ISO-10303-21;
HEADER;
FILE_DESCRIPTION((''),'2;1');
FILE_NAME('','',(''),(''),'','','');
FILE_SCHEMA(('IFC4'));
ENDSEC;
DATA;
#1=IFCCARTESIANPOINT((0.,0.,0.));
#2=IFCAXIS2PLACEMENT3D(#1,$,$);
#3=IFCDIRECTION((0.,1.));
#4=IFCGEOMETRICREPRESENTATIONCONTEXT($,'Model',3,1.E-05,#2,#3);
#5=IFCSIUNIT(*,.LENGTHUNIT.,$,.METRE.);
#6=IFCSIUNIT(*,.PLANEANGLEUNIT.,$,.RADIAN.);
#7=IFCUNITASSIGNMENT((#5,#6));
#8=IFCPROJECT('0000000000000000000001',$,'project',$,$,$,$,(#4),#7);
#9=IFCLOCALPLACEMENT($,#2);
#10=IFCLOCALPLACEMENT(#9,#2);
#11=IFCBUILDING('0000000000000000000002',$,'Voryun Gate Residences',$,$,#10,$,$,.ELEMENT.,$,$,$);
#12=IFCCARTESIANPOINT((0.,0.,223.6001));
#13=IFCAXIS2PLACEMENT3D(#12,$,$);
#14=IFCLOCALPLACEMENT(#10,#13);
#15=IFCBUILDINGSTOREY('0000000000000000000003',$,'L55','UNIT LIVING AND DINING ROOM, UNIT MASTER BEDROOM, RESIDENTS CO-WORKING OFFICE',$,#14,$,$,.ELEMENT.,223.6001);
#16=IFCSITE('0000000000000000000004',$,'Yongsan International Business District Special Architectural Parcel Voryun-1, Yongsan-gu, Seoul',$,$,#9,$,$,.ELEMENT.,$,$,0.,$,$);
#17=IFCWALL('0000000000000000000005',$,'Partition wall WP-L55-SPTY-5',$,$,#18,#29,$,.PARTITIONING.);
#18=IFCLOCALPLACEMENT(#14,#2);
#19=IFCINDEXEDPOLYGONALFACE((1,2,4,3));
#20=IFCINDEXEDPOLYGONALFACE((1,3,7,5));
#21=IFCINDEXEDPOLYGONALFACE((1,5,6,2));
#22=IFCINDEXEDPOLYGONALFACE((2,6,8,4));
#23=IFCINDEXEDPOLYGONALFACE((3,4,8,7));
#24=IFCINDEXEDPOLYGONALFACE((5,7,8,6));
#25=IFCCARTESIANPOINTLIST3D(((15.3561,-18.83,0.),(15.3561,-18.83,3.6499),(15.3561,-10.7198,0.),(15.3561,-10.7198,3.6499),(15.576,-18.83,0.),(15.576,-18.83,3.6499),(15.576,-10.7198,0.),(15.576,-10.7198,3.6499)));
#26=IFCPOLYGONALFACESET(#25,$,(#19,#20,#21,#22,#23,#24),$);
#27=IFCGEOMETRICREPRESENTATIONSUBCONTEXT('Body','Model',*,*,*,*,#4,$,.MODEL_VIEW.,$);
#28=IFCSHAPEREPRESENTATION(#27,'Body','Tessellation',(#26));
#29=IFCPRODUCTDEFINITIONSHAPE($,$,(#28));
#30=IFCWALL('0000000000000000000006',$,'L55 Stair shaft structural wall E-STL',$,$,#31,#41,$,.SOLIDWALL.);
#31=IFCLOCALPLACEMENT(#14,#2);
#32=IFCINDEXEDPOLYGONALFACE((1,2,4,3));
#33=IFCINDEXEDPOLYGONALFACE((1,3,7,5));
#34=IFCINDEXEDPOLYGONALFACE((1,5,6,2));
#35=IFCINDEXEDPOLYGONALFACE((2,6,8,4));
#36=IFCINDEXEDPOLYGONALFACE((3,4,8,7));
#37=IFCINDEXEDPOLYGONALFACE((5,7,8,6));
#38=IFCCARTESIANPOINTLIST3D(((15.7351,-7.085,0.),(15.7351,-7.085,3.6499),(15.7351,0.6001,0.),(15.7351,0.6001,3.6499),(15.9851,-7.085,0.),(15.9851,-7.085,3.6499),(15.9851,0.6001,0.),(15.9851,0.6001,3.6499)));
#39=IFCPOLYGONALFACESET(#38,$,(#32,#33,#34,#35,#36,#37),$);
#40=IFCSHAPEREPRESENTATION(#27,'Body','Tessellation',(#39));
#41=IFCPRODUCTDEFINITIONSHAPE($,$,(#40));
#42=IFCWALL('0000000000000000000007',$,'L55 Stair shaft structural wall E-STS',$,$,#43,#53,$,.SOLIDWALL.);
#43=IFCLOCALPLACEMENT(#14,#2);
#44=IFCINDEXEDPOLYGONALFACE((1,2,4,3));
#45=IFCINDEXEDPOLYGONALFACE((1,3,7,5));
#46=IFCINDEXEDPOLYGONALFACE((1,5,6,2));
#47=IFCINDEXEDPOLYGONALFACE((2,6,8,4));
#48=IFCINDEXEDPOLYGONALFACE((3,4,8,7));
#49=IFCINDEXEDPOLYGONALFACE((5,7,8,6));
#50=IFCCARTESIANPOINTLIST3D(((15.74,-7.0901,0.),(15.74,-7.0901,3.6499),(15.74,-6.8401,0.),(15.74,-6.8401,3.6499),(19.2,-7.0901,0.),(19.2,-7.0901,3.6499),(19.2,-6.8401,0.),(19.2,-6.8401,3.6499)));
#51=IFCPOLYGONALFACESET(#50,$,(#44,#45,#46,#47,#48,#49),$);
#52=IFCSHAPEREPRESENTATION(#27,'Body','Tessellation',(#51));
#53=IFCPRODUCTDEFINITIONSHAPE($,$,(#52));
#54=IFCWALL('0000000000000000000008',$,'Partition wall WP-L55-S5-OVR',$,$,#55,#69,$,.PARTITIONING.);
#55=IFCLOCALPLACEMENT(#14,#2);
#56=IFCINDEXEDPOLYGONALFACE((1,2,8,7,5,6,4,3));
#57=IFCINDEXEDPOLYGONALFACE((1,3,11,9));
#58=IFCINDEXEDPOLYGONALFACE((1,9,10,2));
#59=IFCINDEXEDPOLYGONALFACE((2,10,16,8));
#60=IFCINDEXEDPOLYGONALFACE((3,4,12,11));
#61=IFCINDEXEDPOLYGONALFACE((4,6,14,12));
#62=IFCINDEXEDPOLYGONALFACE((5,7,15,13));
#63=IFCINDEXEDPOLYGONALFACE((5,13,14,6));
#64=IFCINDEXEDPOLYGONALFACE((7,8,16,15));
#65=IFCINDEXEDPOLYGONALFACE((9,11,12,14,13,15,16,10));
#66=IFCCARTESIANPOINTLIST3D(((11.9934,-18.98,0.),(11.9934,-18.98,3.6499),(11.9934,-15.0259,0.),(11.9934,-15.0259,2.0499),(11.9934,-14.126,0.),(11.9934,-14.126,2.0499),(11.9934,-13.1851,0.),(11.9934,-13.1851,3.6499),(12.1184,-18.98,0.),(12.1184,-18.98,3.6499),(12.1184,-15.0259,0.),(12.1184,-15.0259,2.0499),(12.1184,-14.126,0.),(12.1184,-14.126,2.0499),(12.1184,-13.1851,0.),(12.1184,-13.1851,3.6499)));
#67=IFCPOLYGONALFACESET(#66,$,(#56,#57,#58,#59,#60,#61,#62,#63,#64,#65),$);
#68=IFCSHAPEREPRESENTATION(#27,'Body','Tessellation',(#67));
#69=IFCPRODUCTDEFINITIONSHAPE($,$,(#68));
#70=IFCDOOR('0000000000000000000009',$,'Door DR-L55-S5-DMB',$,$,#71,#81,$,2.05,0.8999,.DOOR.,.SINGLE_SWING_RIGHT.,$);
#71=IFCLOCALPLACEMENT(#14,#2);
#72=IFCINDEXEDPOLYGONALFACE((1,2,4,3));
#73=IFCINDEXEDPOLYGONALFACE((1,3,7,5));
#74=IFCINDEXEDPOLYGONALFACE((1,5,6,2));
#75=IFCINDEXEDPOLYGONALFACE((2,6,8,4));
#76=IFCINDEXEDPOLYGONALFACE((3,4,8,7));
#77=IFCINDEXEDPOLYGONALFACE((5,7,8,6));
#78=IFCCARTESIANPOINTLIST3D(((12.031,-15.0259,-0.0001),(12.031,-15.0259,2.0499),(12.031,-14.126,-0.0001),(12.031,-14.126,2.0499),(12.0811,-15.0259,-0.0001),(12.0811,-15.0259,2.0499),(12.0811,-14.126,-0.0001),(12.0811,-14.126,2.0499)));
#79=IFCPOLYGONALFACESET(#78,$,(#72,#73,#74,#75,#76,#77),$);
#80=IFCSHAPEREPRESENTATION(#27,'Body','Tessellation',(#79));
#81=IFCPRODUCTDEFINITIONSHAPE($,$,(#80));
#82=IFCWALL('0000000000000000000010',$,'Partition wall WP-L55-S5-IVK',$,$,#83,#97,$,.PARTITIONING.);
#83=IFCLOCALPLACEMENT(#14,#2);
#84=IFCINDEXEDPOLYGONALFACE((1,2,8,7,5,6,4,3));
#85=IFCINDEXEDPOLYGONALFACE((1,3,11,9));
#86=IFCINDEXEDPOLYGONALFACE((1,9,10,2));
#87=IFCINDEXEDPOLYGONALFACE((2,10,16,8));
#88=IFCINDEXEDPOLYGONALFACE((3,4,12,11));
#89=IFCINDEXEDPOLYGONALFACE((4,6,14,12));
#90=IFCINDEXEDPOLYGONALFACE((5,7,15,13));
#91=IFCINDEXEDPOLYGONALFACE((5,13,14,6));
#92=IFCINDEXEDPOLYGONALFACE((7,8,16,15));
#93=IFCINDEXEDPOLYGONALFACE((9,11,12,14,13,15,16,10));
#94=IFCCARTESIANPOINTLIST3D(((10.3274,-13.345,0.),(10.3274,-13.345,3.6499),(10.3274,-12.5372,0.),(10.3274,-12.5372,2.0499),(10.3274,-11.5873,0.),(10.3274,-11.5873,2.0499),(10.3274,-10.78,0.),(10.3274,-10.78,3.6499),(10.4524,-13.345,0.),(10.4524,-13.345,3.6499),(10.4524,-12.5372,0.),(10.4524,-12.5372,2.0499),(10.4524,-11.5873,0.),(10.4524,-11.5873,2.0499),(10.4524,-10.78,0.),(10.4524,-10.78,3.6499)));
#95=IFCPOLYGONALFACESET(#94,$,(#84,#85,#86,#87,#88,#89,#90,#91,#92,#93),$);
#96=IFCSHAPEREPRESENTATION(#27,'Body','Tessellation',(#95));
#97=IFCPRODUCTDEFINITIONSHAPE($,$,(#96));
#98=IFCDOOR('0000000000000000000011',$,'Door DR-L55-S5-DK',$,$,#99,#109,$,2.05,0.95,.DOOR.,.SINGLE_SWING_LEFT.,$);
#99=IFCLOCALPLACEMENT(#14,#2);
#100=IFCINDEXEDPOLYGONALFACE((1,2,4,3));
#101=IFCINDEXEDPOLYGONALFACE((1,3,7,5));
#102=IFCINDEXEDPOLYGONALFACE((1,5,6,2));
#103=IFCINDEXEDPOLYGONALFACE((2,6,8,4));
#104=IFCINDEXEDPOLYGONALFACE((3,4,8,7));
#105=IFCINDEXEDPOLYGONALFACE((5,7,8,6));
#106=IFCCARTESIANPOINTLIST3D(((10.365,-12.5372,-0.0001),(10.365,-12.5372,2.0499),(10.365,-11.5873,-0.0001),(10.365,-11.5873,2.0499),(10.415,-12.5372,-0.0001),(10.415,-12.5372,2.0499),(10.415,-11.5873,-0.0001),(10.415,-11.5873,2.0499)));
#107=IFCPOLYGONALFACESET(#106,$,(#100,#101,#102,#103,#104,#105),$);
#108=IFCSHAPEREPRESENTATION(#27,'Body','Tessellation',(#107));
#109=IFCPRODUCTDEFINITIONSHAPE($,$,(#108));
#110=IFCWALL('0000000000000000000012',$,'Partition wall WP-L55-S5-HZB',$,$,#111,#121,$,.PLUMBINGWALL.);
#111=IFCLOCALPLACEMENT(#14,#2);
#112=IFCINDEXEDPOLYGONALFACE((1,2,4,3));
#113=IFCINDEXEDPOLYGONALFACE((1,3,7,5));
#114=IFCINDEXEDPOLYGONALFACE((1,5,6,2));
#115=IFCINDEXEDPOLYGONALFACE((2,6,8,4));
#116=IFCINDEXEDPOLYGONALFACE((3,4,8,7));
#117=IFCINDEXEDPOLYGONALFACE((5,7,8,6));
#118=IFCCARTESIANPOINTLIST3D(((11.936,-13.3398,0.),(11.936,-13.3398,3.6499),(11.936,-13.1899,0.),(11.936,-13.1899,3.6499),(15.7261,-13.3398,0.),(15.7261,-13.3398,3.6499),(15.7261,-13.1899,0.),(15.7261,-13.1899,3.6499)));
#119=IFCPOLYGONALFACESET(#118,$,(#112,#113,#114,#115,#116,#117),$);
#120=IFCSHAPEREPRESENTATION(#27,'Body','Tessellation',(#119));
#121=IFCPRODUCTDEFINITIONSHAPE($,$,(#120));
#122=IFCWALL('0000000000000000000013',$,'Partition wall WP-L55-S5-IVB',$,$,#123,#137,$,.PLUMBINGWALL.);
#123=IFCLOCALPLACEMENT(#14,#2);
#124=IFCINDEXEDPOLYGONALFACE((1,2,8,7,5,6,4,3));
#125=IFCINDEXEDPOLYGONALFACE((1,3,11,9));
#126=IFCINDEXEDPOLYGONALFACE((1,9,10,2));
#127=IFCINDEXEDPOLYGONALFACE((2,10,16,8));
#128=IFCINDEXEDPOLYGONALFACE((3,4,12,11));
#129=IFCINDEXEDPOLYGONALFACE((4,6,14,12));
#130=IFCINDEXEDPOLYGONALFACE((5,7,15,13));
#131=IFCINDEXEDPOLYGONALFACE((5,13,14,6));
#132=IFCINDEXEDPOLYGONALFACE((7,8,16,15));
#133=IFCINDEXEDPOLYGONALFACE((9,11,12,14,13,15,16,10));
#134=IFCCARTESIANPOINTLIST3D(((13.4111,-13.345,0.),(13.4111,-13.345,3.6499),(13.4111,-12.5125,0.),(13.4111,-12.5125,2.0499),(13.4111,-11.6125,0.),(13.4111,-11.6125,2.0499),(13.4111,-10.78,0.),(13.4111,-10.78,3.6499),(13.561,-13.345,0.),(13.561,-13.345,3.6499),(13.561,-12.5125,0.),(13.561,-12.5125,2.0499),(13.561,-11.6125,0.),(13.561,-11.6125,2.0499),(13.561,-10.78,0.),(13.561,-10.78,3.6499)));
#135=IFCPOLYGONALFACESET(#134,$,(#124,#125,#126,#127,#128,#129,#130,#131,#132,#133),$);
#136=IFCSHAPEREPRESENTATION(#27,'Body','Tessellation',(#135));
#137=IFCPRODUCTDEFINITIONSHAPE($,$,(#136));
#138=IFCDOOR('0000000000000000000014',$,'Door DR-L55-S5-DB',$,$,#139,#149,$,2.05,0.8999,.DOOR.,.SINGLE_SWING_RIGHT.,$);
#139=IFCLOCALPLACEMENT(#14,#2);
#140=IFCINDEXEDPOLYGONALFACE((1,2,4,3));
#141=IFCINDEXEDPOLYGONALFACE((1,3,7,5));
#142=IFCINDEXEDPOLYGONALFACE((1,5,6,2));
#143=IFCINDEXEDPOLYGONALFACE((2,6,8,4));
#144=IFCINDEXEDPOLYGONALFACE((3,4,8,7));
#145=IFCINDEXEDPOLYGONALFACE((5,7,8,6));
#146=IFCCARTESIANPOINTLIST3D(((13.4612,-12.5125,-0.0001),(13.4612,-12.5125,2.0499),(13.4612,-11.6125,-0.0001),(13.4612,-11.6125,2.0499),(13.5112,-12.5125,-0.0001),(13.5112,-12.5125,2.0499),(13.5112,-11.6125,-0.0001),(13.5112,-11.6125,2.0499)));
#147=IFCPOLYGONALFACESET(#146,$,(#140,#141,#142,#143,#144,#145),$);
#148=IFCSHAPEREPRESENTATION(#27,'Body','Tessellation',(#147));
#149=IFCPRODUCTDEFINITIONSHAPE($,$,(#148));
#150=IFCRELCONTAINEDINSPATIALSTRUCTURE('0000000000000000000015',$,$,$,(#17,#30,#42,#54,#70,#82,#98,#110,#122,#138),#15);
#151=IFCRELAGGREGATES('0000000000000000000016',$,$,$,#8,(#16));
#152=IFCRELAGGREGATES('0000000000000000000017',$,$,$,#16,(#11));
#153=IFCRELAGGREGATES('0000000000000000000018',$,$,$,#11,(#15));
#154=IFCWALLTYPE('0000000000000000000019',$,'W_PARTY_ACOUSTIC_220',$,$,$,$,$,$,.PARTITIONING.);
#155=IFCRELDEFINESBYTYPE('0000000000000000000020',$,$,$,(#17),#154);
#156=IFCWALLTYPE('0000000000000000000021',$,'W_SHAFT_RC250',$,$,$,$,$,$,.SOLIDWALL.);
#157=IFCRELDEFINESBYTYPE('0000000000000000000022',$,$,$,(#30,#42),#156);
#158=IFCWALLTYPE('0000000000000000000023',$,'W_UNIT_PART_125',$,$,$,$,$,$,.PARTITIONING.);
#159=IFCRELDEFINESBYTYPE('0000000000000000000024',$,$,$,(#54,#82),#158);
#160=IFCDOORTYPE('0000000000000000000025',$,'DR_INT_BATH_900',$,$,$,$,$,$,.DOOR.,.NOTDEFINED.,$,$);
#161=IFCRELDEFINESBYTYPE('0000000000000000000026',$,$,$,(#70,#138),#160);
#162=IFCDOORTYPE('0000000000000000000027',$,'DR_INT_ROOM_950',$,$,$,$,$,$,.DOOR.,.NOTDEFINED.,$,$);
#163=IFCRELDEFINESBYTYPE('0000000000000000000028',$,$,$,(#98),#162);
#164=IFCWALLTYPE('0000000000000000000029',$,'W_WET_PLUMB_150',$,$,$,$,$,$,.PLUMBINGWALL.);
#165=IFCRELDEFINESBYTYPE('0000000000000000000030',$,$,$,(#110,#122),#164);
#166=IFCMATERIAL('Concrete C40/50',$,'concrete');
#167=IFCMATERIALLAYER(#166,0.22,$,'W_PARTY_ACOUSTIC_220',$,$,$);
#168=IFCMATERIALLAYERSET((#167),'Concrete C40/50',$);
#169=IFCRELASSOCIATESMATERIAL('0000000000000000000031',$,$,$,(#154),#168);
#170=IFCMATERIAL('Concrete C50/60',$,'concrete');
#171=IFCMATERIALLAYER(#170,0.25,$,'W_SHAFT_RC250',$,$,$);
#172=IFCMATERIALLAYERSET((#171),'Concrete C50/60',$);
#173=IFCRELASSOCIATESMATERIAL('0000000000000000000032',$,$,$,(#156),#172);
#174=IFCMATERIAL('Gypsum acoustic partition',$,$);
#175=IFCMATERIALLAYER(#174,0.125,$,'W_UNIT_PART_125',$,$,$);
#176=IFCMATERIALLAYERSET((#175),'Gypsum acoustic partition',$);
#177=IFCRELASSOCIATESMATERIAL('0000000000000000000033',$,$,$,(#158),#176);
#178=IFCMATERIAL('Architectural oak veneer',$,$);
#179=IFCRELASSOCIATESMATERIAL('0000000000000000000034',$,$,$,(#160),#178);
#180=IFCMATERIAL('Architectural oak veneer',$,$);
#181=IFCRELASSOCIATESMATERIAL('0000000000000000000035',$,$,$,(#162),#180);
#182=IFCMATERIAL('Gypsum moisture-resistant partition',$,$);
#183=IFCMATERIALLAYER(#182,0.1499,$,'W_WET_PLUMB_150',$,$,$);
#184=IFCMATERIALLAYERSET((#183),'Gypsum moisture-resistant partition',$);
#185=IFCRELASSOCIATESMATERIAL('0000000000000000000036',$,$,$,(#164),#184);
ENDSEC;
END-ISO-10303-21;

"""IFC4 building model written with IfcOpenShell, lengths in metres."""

from ifc_helpers import new_model, si_unit, direction, frame, frame_2d, origin, place, context, subcontext, project, spatial, rectangle, extrude, material, layer, layer_set, type_object, element, fill, save


model = new_model("IFC4")

# Units and contexts
model_context = context("Model", 3, precision=1e-05, world=origin(), true_north=direction((0.0, 1.0)))
body_context = subcontext(model_context, "Body", "Model", "MODEL_VIEW")
ifc_project = project(units=[si_unit("LENGTHUNIT", "METRE"), si_unit("PLANEANGLEUNIT", "RADIAN")], contexts=[model_context])

# Site, building, storey
site_placement = place(None, origin())
site = spatial("IfcSite", under=ifc_project, at=site_placement, Name="Yongsan International Business District Special Architectural Parcel Voryun-1, Yongsan-gu, Seoul", CompositionType="ELEMENT", RefElevation=0.0)
building_placement = place(site_placement, origin())
building = spatial("IfcBuilding", under=site, at=building_placement, Name="Voryun Gate Residences", CompositionType="ELEMENT")
storey_placement = place(building_placement, frame((0.0, 0.0, 223.6001)))
storey = spatial("IfcBuildingStorey", under=building, at=storey_placement, Name="L55", Description="UNIT LIVING AND DINING ROOM, UNIT MASTER BEDROOM, RESIDENTS CO-WORKING OFFICE", CompositionType="ELEMENT", Elevation=223.6001)

# Walls
ifc_material_1 = material(Name="Concrete C40/50", Category="concrete")
ifc_layer_1 = layer(ifc_material_1, 0.22, Name="W_PARTY_ACOUSTIC_220")
ifc_layer_set_1 = layer_set([ifc_layer_1], Name="Concrete C40/50")
wall_type_1 = type_object("IfcWallType", Name="W_PARTY_ACOUSTIC_220", PredefinedType="PARTITIONING", material=ifc_layer_set_1)
wall_1_placement = place(storey_placement, frame((15.4661, -18.8301, 0.0), z_axis=(0.0, 0.0, 1.0), x_axis=(0.0, 1.0, 0.0)))
element("IfcWall", 1, at=wall_1_placement, inside=storey, type_object=wall_type_1, Name="Partition wall WP-L55-SPTY-5", PredefinedType="PARTITIONING", context=body_context, shape_type="SweptSolid", body=[
    extrude(rectangle(XDim=8.1101, YDim=0.22, at=frame_2d((4.0552, 0.0))), origin(), (0.0, 0.0, 1.0), 3.6499),
])
ifc_material_2 = material(Name="Concrete C50/60", Category="concrete")
ifc_layer_2 = layer(ifc_material_2, 0.25, Name="W_SHAFT_RC250")
ifc_layer_set_2 = layer_set([ifc_layer_2], Name="Concrete C50/60")
wall_type_2 = type_object("IfcWallType", Name="W_SHAFT_RC250", PredefinedType="SOLIDWALL", material=ifc_layer_set_2)
wall_2_placement = place(storey_placement, frame((15.8601, -7.085, 0.0), z_axis=(0.0, 0.0, 1.0), x_axis=(0.0, 1.0, 0.0)))
element("IfcWall", 2, at=wall_2_placement, inside=storey, type_object=wall_type_2, Name="L55 Stair shaft structural wall E-STL", PredefinedType="SOLIDWALL", context=body_context, shape_type="SweptSolid", body=[
    extrude(rectangle(XDim=7.6851, YDim=0.25, at=frame_2d((3.8425, 0.0))), origin(), (0.0, 0.0, 1.0), 3.6499),
])
wall_3_placement = place(storey_placement, frame((15.74, -6.9651, 0.0), z_axis=(0.0, 0.0, 1.0), x_axis=(1.0, 0.0, 0.0)))
element("IfcWall", 3, at=wall_3_placement, inside=storey, type_object=wall_type_2, Name="L55 Stair shaft structural wall E-STS", PredefinedType="SOLIDWALL", context=body_context, shape_type="SweptSolid", body=[
    extrude(rectangle(XDim=3.46, YDim=0.25, at=frame_2d((1.73, 0.0))), origin(), (0.0, 0.0, 1.0), 3.6499),
])

# Walls, openings, doors
ifc_material_3 = material(Name="Gypsum acoustic partition")
ifc_layer_3 = layer(ifc_material_3, 0.125, Name="W_UNIT_PART_125")
ifc_layer_set_3 = layer_set([ifc_layer_3], Name="Gypsum acoustic partition")
wall_type_3 = type_object("IfcWallType", Name="W_UNIT_PART_125", PredefinedType="PARTITIONING", material=ifc_layer_set_3)
wall_4_placement = place(storey_placement, frame((12.0559, -18.98, 0.0), z_axis=(0.0, 0.0, 1.0), x_axis=(0.0, 1.0, 0.0)))
wall_4 = element("IfcWall", 4, at=wall_4_placement, inside=storey, type_object=wall_type_3, Name="Partition wall WP-L55-S5-OVR", PredefinedType="PARTITIONING", context=body_context, shape_type="SweptSolid", body=[
    extrude(rectangle(XDim=5.7949, YDim=0.125, at=frame_2d((2.8975, 0.0))), origin(), (0.0, 0.0, 1.0), 3.6499),
])
opening_1_placement = place(wall_4_placement, frame((3.9541, 0.0, 0.0)))
opening_1 = element("IfcOpeningElement", 5, at=opening_1_placement, cuts=wall_4, PredefinedType="OPENING", context=body_context, shape_type="SweptSolid", body=[
    extrude(rectangle(XDim=0.8999, YDim=2.05, at=frame_2d((0.45, 1.0249))), frame((0.0, 0.0725, 0.0), z_axis=(0.0, -1.0, 0.0), x_axis=(1.0, 0.0, 0.0)), (0.0, 0.0, 1.0), 0.145),
])
ifc_material_4 = material(Name="Architectural oak veneer")
door_type_1 = type_object("IfcDoorType", Name="DR_INT_BATH_900", OperationType="NOTDEFINED", PredefinedType="DOOR", material=ifc_material_4)
door_1_placement = place(opening_1_placement, origin())
door_1 = element("IfcDoor", 6, at=door_1_placement, inside=storey, type_object=door_type_1, Name="Door DR-L55-S5-DMB", OperationType="SINGLE_SWING_RIGHT", OverallHeight=2.05, OverallWidth=0.8999, PredefinedType="DOOR", context=body_context, shape_type="SweptSolid", body=[
    extrude(rectangle(XDim=0.8999, YDim=2.05, at=frame_2d((0.45, 1.0249))), frame((0.0, 0.0249, 0.0), z_axis=(0.0, -1.0, 0.0), x_axis=(1.0, 0.0, 0.0)), (0.0, 0.0, 1.0), 0.05),
])
fill(opening_1, door_1)
wall_5_placement = place(storey_placement, frame((10.3899, -13.345, 0.0), z_axis=(0.0, 0.0, 1.0), x_axis=(0.0, 1.0, 0.0)))
wall_5 = element("IfcWall", 7, at=wall_5_placement, inside=storey, type_object=wall_type_3, Name="Partition wall WP-L55-S5-IVK", PredefinedType="PARTITIONING", context=body_context, shape_type="SweptSolid", body=[
    extrude(rectangle(XDim=2.5649, YDim=0.125, at=frame_2d((1.2825, 0.0))), origin(), (0.0, 0.0, 1.0), 3.6499),
])
opening_2_placement = place(wall_5_placement, frame((0.8076, 0.0, 0.0)))
opening_2 = element("IfcOpeningElement", 8, at=opening_2_placement, cuts=wall_5, PredefinedType="OPENING", context=body_context, shape_type="SweptSolid", body=[
    extrude(rectangle(XDim=0.95, YDim=2.05, at=frame_2d((0.4751, 1.0249))), frame((0.0, 0.0725, 0.0), z_axis=(0.0, -1.0, 0.0), x_axis=(1.0, 0.0, 0.0)), (0.0, 0.0, 1.0), 0.145),
])
ifc_material_5 = material(Name="Architectural oak veneer")
door_type_2 = type_object("IfcDoorType", Name="DR_INT_ROOM_950", OperationType="NOTDEFINED", PredefinedType="DOOR", material=ifc_material_5)
door_2_placement = place(opening_2_placement, origin())
door_2 = element("IfcDoor", 9, at=door_2_placement, inside=storey, type_object=door_type_2, Name="Door DR-L55-S5-DK", OperationType="SINGLE_SWING_LEFT", OverallHeight=2.05, OverallWidth=0.95, PredefinedType="DOOR", context=body_context, shape_type="SweptSolid", body=[
    extrude(rectangle(XDim=0.95, YDim=2.05, at=frame_2d((0.4751, 1.0249))), frame((0.0, 0.0249, 0.0), z_axis=(0.0, -1.0, 0.0), x_axis=(1.0, 0.0, 0.0)), (0.0, 0.0, 1.0), 0.05),
])
fill(opening_2, door_2)

# Wall
ifc_material_6 = material(Name="Gypsum moisture-resistant partition")
ifc_layer_4 = layer(ifc_material_6, 0.1499, Name="W_WET_PLUMB_150")
ifc_layer_set_4 = layer_set([ifc_layer_4], Name="Gypsum moisture-resistant partition")
wall_type_4 = type_object("IfcWallType", Name="W_WET_PLUMB_150", PredefinedType="PLUMBINGWALL", material=ifc_layer_set_4)
wall_6_placement = place(storey_placement, frame((11.936, -13.2649, 0.0), z_axis=(0.0, 0.0, 1.0), x_axis=(1.0, 0.0, 0.0)))
element("IfcWall", 10, at=wall_6_placement, inside=storey, type_object=wall_type_4, Name="Partition wall WP-L55-S5-HZB", PredefinedType="PLUMBINGWALL", context=body_context, shape_type="SweptSolid", body=[
    extrude(rectangle(XDim=3.79, YDim=0.1499, at=frame_2d((1.895, 0.0))), origin(), (0.0, 0.0, 1.0), 3.6499),
])

# Wall, opening, door
wall_7_placement = place(storey_placement, frame((13.4861, -13.345, 0.0), z_axis=(0.0, 0.0, 1.0), x_axis=(0.0, 1.0, 0.0)))
wall_7 = element("IfcWall", 11, at=wall_7_placement, inside=storey, type_object=wall_type_4, Name="Partition wall WP-L55-S5-IVB", PredefinedType="PLUMBINGWALL", context=body_context, shape_type="SweptSolid", body=[
    extrude(rectangle(XDim=2.5649, YDim=0.1499, at=frame_2d((1.2825, 0.0))), origin(), (0.0, 0.0, 1.0), 3.6499),
])
opening_3_placement = place(wall_7_placement, frame((0.8325, 0.0, 0.0)))
opening_3 = element("IfcOpeningElement", 12, at=opening_3_placement, cuts=wall_7, PredefinedType="OPENING", context=body_context, shape_type="SweptSolid", body=[
    extrude(rectangle(XDim=0.8999, YDim=2.05, at=frame_2d((0.45, 1.0249))), frame((0.0, 0.085, 0.0), z_axis=(0.0, -1.0, 0.0), x_axis=(1.0, 0.0, 0.0)), (0.0, 0.0, 1.0), 0.1699),
])
door_3_placement = place(opening_3_placement, origin())
door_3 = element("IfcDoor", 13, at=door_3_placement, inside=storey, type_object=door_type_1, Name="Door DR-L55-S5-DB", OperationType="SINGLE_SWING_RIGHT", OverallHeight=2.05, OverallWidth=0.8999, PredefinedType="DOOR", context=body_context, shape_type="SweptSolid", body=[
    extrude(rectangle(XDim=0.8999, YDim=2.05, at=frame_2d((0.45, 1.0249))), frame((0.0, 0.0249, 0.0), z_axis=(0.0, -1.0, 0.0), x_axis=(1.0, 0.0, 0.0)), (0.0, 0.0, 1.0), 0.05),
])
fill(opening_3, door_3)

save(model, "model.ifc")
